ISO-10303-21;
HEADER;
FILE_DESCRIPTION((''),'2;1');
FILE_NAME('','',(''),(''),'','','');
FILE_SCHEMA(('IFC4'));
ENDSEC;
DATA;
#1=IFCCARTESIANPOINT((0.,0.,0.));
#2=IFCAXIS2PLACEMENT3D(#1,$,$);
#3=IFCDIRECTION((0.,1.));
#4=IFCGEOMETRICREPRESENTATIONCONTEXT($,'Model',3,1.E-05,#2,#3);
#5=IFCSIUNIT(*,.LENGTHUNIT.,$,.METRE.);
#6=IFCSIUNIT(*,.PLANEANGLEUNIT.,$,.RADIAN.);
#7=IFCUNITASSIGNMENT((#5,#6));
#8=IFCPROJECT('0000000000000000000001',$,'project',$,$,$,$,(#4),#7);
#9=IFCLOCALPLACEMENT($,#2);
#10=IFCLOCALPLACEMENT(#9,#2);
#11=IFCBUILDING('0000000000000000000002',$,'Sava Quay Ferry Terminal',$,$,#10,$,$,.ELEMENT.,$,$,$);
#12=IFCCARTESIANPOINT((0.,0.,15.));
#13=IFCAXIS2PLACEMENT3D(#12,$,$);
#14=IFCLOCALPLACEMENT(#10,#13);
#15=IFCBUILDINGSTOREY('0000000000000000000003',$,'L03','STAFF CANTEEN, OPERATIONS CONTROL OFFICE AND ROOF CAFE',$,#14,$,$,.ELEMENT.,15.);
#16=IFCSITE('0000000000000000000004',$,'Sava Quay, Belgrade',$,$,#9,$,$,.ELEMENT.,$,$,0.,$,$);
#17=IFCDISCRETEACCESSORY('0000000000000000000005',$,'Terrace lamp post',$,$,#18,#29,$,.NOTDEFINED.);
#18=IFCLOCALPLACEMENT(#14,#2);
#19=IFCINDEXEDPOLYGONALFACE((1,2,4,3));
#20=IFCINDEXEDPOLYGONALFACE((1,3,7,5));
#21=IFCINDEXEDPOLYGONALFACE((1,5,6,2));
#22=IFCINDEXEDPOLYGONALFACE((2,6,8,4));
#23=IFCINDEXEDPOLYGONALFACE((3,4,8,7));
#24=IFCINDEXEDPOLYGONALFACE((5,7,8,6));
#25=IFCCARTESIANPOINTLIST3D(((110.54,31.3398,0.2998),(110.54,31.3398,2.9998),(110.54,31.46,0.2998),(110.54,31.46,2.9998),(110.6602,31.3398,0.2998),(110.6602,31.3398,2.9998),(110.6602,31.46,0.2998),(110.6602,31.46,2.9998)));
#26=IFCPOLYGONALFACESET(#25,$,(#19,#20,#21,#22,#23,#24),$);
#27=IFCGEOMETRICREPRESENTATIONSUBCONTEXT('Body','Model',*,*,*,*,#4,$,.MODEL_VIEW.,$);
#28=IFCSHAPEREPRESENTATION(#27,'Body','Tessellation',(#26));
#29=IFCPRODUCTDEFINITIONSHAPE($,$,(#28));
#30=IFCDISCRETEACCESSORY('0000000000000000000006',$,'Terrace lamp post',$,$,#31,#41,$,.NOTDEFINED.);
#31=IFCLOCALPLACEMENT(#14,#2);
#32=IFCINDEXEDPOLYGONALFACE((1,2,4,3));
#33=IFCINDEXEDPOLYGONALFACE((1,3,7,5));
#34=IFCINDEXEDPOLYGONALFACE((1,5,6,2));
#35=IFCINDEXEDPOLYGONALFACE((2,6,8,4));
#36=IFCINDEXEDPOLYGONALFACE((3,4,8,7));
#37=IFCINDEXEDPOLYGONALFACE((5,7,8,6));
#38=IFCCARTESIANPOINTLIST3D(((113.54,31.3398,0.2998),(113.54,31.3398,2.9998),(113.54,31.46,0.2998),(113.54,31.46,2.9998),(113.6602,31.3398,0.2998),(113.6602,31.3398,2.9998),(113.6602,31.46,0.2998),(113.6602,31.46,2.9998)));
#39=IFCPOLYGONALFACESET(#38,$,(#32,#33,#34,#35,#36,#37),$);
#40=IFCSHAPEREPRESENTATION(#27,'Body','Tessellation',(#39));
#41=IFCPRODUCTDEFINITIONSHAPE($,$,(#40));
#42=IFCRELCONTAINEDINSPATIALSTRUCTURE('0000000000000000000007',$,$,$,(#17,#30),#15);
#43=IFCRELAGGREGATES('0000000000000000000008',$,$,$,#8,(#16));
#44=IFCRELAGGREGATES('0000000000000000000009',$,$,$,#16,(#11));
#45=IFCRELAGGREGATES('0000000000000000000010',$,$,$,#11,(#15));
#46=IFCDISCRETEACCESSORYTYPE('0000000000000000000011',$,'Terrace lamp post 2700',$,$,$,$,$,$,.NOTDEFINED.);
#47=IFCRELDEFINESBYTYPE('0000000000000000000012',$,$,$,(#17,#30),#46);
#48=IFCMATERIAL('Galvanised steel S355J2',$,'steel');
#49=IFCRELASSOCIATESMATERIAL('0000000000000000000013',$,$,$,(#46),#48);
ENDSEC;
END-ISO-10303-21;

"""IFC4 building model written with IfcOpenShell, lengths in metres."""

from ifc_helpers import new_model, si_unit, direction, frame, origin, origin_2d, place, context, subcontext, project, spatial, rectangle, extrude, material, type_object, element, save


model = new_model("IFC4")

# Units and contexts
model_context = context("Model", 3, precision=1e-05, world=origin(), true_north=direction((0.0, 1.0)))
body_context = subcontext(model_context, "Body", "Model", "MODEL_VIEW")
ifc_project = project(units=[si_unit("LENGTHUNIT", "METRE"), si_unit("PLANEANGLEUNIT", "RADIAN")], contexts=[model_context])

# Site, building, storey
site_placement = place(None, origin())
site = spatial("IfcSite", under=ifc_project, at=site_placement, Name="Sava Quay, Belgrade", CompositionType="ELEMENT", RefElevation=0.0)
building_placement = place(site_placement, origin())
building = spatial("IfcBuilding", under=site, at=building_placement, Name="Sava Quay Ferry Terminal", CompositionType="ELEMENT")
storey_placement = place(building_placement, frame((0.0, 0.0, 15.0)))
storey = spatial("IfcBuildingStorey", under=building, at=storey_placement, Name="L03", Description="STAFF CANTEEN, OPERATIONS CONTROL OFFICE AND ROOF CAFE", CompositionType="ELEMENT", Elevation=15.0)

# Discrete accessories
ifc_material_1 = material(Name="Galvanised steel S355J2", Category="steel")
discrete_accessory_type_1 = type_object("IfcDiscreteAccessoryType", Name="Terrace lamp post 2700", PredefinedType="NOTDEFINED", material=ifc_material_1)
for number, where, z_axis, x_axis, name in (
    (1, (110.6001, 31.3999, 0.2998), (0.0, 0.0, 1.0), (1.0, 0.0, 0.0), "Terrace lamp post"),
    (2, (113.6001, 31.3999, 0.2998), (0.0, 0.0, 1.0), (1.0, 0.0, 0.0), "Terrace lamp post"),
):
    element("IfcDiscreteAccessory", number, at=place(storey_placement, frame(where, z_axis=z_axis, x_axis=x_axis)), inside=storey, type_object=discrete_accessory_type_1, Name=name, PredefinedType="NOTDEFINED", context=body_context, shape_type="SweptSolid", body=[
        extrude(rectangle(XDim=0.1201, YDim=0.1201, at=origin_2d()), origin(), (0.0, 0.0, 1.0), 2.7),
    ])

save(model, "model.ifc")
